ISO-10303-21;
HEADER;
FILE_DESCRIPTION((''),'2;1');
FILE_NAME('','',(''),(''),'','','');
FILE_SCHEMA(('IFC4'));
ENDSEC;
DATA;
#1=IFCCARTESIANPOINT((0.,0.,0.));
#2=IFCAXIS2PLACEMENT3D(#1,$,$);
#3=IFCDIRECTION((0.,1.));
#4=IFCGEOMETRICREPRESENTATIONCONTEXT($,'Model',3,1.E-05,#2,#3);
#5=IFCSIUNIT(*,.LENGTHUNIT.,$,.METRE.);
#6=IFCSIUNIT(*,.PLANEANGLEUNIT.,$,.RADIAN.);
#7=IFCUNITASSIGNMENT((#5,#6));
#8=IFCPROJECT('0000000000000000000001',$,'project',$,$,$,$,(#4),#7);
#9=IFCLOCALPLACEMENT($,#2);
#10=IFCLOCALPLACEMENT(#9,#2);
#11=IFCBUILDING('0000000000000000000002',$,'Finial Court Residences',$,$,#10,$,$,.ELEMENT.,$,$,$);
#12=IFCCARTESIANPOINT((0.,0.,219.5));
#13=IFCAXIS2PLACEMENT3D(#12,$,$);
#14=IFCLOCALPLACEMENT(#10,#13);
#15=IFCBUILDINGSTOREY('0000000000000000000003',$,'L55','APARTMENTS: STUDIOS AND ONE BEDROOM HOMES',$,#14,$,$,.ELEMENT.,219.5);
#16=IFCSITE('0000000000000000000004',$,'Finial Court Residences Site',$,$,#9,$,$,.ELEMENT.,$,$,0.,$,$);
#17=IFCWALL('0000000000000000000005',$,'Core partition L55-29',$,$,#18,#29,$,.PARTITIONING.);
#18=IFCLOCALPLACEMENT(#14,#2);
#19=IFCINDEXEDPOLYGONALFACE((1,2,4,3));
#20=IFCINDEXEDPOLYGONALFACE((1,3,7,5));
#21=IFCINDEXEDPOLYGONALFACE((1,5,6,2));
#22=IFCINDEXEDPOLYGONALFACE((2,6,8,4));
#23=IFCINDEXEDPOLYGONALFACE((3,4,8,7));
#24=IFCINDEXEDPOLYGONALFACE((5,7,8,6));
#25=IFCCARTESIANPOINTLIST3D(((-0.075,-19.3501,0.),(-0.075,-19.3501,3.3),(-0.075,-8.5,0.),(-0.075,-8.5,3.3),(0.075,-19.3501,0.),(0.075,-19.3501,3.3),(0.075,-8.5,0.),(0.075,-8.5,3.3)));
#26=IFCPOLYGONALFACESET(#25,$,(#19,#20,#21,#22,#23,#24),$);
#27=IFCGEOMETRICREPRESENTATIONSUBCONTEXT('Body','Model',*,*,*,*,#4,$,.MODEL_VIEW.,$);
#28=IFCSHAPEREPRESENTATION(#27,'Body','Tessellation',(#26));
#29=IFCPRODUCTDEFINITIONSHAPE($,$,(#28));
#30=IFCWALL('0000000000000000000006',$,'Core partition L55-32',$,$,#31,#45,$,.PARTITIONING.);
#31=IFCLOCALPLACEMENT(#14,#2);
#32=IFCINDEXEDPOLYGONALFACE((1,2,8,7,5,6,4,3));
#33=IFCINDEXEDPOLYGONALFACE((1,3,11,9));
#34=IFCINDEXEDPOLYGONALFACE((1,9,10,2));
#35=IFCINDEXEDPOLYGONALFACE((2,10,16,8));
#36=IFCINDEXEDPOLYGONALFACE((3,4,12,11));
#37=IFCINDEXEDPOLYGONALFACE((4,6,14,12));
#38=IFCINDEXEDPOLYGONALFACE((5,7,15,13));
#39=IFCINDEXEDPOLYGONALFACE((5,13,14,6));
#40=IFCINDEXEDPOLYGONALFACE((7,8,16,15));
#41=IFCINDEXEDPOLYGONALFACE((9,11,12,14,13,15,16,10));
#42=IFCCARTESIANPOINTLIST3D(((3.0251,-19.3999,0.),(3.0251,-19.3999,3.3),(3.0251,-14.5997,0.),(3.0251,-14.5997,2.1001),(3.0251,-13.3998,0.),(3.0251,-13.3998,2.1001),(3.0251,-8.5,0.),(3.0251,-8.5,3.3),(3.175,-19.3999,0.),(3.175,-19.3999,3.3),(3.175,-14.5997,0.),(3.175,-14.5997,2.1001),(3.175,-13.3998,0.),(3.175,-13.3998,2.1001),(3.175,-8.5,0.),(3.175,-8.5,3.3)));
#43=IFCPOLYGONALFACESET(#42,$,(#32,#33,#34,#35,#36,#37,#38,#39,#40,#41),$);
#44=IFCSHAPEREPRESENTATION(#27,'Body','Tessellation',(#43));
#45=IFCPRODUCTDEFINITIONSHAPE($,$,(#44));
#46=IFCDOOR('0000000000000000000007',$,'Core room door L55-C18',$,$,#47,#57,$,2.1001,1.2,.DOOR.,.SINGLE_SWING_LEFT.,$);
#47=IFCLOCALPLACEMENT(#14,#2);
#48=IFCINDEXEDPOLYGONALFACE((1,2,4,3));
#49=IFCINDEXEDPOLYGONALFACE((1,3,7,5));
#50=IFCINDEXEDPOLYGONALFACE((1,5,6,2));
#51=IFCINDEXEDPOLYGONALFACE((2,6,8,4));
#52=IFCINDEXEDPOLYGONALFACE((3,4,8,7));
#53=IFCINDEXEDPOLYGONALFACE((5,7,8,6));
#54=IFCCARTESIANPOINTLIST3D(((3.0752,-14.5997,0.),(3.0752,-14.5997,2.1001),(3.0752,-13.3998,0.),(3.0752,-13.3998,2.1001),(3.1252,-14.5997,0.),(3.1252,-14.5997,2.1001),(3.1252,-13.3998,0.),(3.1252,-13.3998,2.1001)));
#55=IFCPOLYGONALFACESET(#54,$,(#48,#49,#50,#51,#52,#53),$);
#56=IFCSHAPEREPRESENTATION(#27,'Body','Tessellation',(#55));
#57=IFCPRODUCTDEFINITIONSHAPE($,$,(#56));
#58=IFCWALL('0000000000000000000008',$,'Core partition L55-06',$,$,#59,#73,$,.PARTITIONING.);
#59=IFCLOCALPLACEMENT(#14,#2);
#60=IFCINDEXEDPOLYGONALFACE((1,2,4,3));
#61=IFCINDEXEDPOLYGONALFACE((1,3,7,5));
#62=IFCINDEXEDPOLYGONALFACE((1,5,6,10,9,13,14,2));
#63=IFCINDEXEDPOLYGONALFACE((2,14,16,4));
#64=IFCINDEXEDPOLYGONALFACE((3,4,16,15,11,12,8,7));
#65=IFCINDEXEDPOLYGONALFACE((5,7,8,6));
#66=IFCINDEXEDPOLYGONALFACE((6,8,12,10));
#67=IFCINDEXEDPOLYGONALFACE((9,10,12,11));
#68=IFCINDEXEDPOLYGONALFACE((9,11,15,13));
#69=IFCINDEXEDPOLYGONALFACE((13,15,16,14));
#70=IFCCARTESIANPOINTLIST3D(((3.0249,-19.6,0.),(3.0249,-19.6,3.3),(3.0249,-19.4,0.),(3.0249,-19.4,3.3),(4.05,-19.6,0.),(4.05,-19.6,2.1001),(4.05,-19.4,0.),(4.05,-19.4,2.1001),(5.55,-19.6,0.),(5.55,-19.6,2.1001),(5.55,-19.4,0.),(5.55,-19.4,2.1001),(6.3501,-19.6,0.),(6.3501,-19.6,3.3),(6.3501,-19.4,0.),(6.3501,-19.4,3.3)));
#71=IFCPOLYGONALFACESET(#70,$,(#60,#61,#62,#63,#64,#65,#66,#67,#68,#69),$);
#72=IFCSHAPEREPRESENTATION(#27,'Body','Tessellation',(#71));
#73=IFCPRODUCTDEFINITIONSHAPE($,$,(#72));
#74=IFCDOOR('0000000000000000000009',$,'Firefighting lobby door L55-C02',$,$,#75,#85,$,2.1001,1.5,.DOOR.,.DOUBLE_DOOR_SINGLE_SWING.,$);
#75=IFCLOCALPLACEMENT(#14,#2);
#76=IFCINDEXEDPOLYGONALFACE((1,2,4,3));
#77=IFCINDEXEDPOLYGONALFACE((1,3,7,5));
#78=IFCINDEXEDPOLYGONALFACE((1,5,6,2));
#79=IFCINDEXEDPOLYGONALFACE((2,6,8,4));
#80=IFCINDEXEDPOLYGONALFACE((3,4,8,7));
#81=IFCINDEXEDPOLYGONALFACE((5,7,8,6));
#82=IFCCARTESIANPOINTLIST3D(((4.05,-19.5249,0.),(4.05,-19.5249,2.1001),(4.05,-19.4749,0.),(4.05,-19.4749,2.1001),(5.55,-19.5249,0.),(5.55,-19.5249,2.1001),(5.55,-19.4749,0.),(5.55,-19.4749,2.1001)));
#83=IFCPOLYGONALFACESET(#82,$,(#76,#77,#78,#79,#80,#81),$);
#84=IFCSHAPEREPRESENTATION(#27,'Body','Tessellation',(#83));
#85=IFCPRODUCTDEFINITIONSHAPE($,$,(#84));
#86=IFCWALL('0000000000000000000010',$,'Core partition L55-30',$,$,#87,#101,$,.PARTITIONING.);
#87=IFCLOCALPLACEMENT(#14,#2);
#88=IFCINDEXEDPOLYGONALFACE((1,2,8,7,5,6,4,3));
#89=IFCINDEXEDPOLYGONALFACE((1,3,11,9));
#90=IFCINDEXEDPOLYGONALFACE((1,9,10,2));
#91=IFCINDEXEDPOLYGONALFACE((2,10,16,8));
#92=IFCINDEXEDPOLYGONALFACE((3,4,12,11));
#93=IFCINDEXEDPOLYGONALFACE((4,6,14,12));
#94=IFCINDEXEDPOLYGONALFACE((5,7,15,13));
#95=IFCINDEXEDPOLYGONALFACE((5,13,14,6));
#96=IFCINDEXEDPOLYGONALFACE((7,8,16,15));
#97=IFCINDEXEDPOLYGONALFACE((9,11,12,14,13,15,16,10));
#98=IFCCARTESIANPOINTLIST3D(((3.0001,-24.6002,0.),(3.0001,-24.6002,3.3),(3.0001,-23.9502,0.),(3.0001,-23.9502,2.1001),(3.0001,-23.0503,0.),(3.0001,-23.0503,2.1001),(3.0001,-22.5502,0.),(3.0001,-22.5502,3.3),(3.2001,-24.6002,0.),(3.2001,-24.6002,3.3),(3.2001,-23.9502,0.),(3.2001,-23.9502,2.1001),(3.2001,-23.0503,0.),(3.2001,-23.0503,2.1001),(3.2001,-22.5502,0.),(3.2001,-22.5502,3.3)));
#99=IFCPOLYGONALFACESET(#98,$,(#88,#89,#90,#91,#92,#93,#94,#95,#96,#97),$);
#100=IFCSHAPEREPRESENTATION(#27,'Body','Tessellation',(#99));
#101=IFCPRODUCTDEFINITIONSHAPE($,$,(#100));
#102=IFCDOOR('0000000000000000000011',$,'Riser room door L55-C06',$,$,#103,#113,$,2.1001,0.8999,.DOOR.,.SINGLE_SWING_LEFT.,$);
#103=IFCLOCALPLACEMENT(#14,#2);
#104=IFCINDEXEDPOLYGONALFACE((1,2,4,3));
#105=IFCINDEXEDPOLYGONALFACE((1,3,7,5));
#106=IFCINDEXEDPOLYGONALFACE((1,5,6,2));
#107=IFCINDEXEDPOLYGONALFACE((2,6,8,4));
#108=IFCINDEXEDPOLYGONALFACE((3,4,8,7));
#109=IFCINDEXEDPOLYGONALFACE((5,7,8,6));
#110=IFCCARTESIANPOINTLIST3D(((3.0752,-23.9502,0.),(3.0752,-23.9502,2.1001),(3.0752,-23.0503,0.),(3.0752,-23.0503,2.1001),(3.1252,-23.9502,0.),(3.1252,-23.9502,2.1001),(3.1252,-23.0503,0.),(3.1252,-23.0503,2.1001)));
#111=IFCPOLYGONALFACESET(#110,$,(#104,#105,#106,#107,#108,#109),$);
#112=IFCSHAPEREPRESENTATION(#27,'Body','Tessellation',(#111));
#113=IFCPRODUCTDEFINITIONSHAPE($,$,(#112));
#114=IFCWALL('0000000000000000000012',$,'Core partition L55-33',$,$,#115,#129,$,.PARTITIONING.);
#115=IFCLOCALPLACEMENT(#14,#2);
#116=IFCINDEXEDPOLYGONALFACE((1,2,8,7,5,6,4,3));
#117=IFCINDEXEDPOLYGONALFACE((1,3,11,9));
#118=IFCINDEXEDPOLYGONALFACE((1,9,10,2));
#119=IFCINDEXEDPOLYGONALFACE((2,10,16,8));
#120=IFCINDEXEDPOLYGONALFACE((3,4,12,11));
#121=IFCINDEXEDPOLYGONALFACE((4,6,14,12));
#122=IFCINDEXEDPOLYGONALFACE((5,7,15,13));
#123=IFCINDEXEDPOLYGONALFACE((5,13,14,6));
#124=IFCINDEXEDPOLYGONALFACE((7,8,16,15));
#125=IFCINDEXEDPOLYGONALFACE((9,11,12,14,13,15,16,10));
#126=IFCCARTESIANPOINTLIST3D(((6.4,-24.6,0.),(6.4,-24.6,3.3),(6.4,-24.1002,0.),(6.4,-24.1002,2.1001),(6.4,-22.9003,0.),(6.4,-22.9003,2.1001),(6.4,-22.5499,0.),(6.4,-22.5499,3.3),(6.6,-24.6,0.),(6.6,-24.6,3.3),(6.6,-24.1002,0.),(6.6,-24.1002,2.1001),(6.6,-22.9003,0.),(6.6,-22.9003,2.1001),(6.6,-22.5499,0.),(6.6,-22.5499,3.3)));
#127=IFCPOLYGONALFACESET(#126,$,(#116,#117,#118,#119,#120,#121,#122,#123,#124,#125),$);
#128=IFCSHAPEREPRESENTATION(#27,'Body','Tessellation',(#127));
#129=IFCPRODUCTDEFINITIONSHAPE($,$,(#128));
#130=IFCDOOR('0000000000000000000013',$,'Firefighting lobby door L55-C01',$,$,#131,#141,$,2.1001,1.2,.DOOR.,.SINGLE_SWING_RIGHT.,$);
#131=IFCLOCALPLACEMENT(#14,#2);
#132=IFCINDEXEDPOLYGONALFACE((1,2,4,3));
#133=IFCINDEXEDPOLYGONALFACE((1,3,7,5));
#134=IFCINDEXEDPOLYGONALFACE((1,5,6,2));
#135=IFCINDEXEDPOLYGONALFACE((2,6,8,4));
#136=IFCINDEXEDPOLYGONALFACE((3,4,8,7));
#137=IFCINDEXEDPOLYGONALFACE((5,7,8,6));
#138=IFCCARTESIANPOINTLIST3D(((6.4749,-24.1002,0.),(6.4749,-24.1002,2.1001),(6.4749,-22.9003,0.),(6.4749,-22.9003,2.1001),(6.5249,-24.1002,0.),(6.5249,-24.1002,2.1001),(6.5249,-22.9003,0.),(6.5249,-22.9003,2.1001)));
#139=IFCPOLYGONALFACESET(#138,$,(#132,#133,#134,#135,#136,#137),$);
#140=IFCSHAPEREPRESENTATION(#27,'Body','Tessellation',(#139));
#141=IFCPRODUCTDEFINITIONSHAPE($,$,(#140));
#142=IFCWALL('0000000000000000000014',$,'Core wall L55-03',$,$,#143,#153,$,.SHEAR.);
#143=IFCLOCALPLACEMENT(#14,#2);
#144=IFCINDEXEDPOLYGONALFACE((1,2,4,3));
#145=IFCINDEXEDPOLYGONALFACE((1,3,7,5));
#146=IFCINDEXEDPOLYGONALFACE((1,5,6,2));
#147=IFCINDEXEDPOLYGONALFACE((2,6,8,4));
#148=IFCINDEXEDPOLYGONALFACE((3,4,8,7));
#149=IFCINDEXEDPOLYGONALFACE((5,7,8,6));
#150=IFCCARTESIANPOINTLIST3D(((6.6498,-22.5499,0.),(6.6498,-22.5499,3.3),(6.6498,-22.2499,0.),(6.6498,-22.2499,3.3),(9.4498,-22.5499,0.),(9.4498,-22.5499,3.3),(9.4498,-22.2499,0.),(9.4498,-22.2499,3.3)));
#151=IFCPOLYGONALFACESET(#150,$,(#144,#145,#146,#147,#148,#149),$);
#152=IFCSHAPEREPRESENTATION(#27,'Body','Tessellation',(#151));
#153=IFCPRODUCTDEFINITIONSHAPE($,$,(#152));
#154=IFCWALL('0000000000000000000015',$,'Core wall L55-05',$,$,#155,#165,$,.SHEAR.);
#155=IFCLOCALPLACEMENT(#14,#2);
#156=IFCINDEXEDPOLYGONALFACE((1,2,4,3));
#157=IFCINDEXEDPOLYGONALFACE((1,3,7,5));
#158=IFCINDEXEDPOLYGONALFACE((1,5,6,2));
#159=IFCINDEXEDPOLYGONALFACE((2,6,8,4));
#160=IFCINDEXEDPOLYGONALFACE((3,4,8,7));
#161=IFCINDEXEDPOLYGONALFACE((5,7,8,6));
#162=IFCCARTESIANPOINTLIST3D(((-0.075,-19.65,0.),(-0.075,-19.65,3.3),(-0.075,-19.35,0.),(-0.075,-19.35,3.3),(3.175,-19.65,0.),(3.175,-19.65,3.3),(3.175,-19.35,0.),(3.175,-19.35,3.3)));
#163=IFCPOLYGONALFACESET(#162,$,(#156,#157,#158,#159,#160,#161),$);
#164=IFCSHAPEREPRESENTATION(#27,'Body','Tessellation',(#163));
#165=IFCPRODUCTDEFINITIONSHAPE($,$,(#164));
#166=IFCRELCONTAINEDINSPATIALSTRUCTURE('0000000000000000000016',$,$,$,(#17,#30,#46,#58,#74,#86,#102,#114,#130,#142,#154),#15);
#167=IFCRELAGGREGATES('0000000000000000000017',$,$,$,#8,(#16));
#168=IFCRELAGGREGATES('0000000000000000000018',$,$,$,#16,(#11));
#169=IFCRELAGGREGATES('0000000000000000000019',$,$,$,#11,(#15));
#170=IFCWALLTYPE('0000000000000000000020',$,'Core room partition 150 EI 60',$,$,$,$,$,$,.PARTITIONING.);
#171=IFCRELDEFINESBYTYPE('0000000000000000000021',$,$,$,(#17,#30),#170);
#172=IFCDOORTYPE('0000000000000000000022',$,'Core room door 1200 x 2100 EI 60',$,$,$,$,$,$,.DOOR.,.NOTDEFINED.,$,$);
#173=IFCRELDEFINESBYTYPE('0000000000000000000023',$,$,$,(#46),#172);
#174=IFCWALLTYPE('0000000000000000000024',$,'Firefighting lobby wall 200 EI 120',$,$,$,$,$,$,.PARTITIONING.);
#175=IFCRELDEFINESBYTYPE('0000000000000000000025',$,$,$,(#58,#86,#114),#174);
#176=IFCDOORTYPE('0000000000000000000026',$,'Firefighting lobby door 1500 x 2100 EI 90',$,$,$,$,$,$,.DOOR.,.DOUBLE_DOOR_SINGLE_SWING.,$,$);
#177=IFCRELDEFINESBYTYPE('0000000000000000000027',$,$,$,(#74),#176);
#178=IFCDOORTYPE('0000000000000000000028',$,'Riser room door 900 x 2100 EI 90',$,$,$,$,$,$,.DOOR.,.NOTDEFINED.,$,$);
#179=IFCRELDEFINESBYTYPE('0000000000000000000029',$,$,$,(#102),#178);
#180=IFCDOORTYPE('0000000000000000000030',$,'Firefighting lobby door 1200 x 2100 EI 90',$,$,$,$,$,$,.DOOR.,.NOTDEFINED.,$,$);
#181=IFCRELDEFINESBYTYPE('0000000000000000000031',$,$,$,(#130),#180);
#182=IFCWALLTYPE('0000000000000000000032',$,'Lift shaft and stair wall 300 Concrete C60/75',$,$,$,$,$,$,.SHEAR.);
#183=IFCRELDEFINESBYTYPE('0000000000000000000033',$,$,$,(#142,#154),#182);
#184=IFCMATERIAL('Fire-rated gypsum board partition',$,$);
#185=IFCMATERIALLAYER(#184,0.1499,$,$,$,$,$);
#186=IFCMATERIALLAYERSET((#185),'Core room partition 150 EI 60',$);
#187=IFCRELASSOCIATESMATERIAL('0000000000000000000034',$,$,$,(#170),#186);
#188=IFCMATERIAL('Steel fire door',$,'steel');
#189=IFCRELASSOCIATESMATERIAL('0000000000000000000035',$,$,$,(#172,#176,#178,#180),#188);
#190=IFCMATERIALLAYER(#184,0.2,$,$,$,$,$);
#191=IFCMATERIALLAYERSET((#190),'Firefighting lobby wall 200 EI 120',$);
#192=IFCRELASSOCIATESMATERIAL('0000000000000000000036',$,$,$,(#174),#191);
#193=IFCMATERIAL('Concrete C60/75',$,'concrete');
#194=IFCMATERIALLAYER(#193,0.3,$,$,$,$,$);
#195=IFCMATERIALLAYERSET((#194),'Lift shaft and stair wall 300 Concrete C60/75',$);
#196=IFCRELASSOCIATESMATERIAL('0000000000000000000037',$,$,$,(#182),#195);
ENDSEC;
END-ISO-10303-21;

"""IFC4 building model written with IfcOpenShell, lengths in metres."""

from ifc_helpers import new_model, si_unit, direction, frame, frame_2d, origin, place, context, subcontext, project, spatial, rectangle, extrude, material, layer, layer_set, type_object, element, fill, save


model = new_model("IFC4")

# Units and contexts
model_context = context("Model", 3, precision=1e-05, world=origin(), true_north=direction((0.0, 1.0)))
body_context = subcontext(model_context, "Body", "Model", "MODEL_VIEW")
ifc_project = project(units=[si_unit("LENGTHUNIT", "METRE"), si_unit("PLANEANGLEUNIT", "RADIAN")], contexts=[model_context])

# Site, building, storey
site_placement = place(None, origin())
site = spatial("IfcSite", under=ifc_project, at=site_placement, Name="Finial Court Residences Site", CompositionType="ELEMENT", RefElevation=0.0)
building_placement = place(site_placement, origin())
building = spatial("IfcBuilding", under=site, at=building_placement, Name="Finial Court Residences", CompositionType="ELEMENT")
storey_placement = place(building_placement, frame((0.0, 0.0, 219.5)))
storey = spatial("IfcBuildingStorey", under=building, at=storey_placement, Name="L55", Description="APARTMENTS: STUDIOS AND ONE BEDROOM HOMES", CompositionType="ELEMENT", Elevation=219.5)

# Wall
ifc_material_1 = material(Name="Fire-rated gypsum board partition")
ifc_layer_1 = layer(ifc_material_1, 0.1499)
ifc_layer_set_1 = layer_set([ifc_layer_1], Name="Core room partition 150 EI 60")
wall_type_1 = type_object("IfcWallType", Name="Core room partition 150 EI 60", PredefinedType="PARTITIONING", material=ifc_layer_set_1)
wall_1_placement = place(storey_placement, frame((0.0, -19.3501, 0.0), z_axis=(0.0, 0.0, 1.0), x_axis=(0.0, 1.0, 0.0)))
element("IfcWall", 1, at=wall_1_placement, inside=storey, type_object=wall_type_1, Name="Core partition L55-29", PredefinedType="PARTITIONING", context=body_context, shape_type="SweptSolid", body=[
    extrude(rectangle(XDim=10.8501, YDim=0.1499, at=frame_2d((5.425, 0.0))), origin(), (0.0, 0.0, 1.0), 3.3),
])

# Walls, openings, doors
wall_2_placement = place(storey_placement, frame((3.1001, -19.3999, 0.0), z_axis=(0.0, 0.0, 1.0), x_axis=(0.0, 1.0, 0.0)))
wall_2 = element("IfcWall", 2, at=wall_2_placement, inside=storey, type_object=wall_type_1, Name="Core partition L55-32", PredefinedType="PARTITIONING", context=body_context, shape_type="SweptSolid", body=[
    extrude(rectangle(XDim=10.8999, YDim=0.1499, at=frame_2d((5.45, 0.0))), origin(), (0.0, 0.0, 1.0), 3.3),
])
opening_1_placement = place(wall_2_placement, frame((4.8, 0.0, 0.0)))
opening_1 = element("IfcOpeningElement", 3, at=opening_1_placement, cuts=wall_2, PredefinedType="OPENING", context=body_context, shape_type="SweptSolid", body=[
    extrude(rectangle(XDim=1.2, YDim=2.1001, at=frame_2d((0.6001, 1.05))), frame((0.0, 0.085, 0.0), z_axis=(0.0, -1.0, 0.0), x_axis=(1.0, 0.0, 0.0)), (0.0, 0.0, 1.0), 0.1699),
])
ifc_material_2 = material(Name="Steel fire door", Category="steel")
door_type_1 = type_object("IfcDoorType", Name="Core room door 1200 x 2100 EI 60", OperationType="NOTDEFINED", PredefinedType="DOOR", material=ifc_material_2)
door_1_placement = place(opening_1_placement, origin())
door_1 = element("IfcDoor", 4, at=door_1_placement, inside=storey, type_object=door_type_1, Name="Core room door L55-C18", OperationType="SINGLE_SWING_LEFT", OverallHeight=2.1001, OverallWidth=1.2, PredefinedType="DOOR", context=body_context, shape_type="SweptSolid", body=[
    extrude(rectangle(XDim=1.2, YDim=2.1001, at=frame_2d((0.6001, 1.05))), frame((0.0, 0.0249, 0.0), z_axis=(0.0, -1.0, 0.0), x_axis=(1.0, 0.0, 0.0)), (0.0, 0.0, 1.0), 0.05),
])
fill(opening_1, door_1)
ifc_layer_2 = layer(ifc_material_1, 0.2)
ifc_layer_set_2 = layer_set([ifc_layer_2], Name="Firefighting lobby wall 200 EI 120")
wall_type_2 = type_object("IfcWallType", Name="Firefighting lobby wall 200 EI 120", PredefinedType="PARTITIONING", material=ifc_layer_set_2)
wall_3_placement = place(storey_placement, frame((6.3501, -19.5, 0.0), z_axis=(0.0, 0.0, 1.0), x_axis=(-1.0, 0.0, 0.0)))
wall_3 = element("IfcWall", 5, at=wall_3_placement, inside=storey, type_object=wall_type_2, Name="Core partition L55-06", PredefinedType="PARTITIONING", context=body_context, shape_type="SweptSolid", body=[
    extrude(rectangle(XDim=3.3252, YDim=0.2, at=frame_2d((1.6626, 0.0))), origin(), (0.0, 0.0, 1.0), 3.3),
])
opening_2_placement = place(wall_3_placement, frame((0.8, 0.0, 0.0)))
opening_2 = element("IfcOpeningElement", 6, at=opening_2_placement, cuts=wall_3, PredefinedType="OPENING", context=body_context, shape_type="SweptSolid", body=[
    extrude(rectangle(XDim=1.5, YDim=2.1001, at=frame_2d((0.75, 1.05))), frame((0.0, 0.1099, 0.0), z_axis=(0.0, -1.0, 0.0), x_axis=(1.0, 0.0, 0.0)), (0.0, 0.0, 1.0), 0.22),
])
door_type_2 = type_object("IfcDoorType", Name="Firefighting lobby door 1500 x 2100 EI 90", OperationType="DOUBLE_DOOR_SINGLE_SWING", PredefinedType="DOOR", material=ifc_material_2)
door_2_placement = place(opening_2_placement, origin())
door_2 = element("IfcDoor", 7, at=door_2_placement, inside=storey, type_object=door_type_2, Name="Firefighting lobby door L55-C02", OperationType="DOUBLE_DOOR_SINGLE_SWING", OverallHeight=2.1001, OverallWidth=1.5, PredefinedType="DOOR", context=body_context, shape_type="SweptSolid", body=[
    extrude(rectangle(XDim=1.5, YDim=2.1001, at=frame_2d((0.75, 1.05))), frame((0.0, 0.0249, 0.0), z_axis=(0.0, -1.0, 0.0), x_axis=(1.0, 0.0, 0.0)), (0.0, 0.0, 1.0), 0.05),
])
fill(opening_2, door_2)
wall_4_placement = place(storey_placement, frame((3.1001, -24.6001, 0.0), z_axis=(0.0, 0.0, 1.0), x_axis=(0.0, 1.0, 0.0)))
wall_4 = element("IfcWall", 8, at=wall_4_placement, inside=storey, type_object=wall_type_2, Name="Core partition L55-30", PredefinedType="PARTITIONING", context=body_context, shape_type="SweptSolid", body=[
    extrude(rectangle(XDim=2.05, YDim=0.2, at=frame_2d((1.0249, 0.0))), origin(), (0.0, 0.0, 1.0), 3.3),
])
opening_3_placement = place(wall_4_placement, frame((0.6499, 0.0, 0.0)))
opening_3 = element("IfcOpeningElement", 9, at=opening_3_placement, cuts=wall_4, PredefinedType="OPENING", context=body_context, shape_type="SweptSolid", body=[
    extrude(rectangle(XDim=0.8999, YDim=2.1001, at=frame_2d((0.45, 1.05))), frame((0.0, 0.1099, 0.0), z_axis=(0.0, -1.0, 0.0), x_axis=(1.0, 0.0, 0.0)), (0.0, 0.0, 1.0), 0.22),
])
door_type_3 = type_object("IfcDoorType", Name="Riser room door 900 x 2100 EI 90", OperationType="NOTDEFINED", PredefinedType="DOOR", material=ifc_material_2)
door_3_placement = place(opening_3_placement, origin())
door_3 = element("IfcDoor", 10, at=door_3_placement, inside=storey, type_object=door_type_3, Name="Riser room door L55-C06", OperationType="SINGLE_SWING_LEFT", OverallHeight=2.1001, OverallWidth=0.8999, PredefinedType="DOOR", context=body_context, shape_type="SweptSolid", body=[
    extrude(rectangle(XDim=0.8999, YDim=2.1001, at=frame_2d((0.45, 1.05))), frame((0.0, 0.0249, 0.0), z_axis=(0.0, -1.0, 0.0), x_axis=(1.0, 0.0, 0.0)), (0.0, 0.0, 1.0), 0.05),
])
fill(opening_3, door_3)
wall_5_placement = place(storey_placement, frame((6.5, -22.55, 0.0), z_axis=(0.0, 0.0, 1.0), x_axis=(0.0, -1.0, 0.0)))
wall_5 = element("IfcWall", 11, at=wall_5_placement, inside=storey, type_object=wall_type_2, Name="Core partition L55-33", PredefinedType="PARTITIONING", context=body_context, shape_type="SweptSolid", body=[
    extrude(rectangle(XDim=2.05, YDim=0.2, at=frame_2d((1.0249, 0.0))), origin(), (0.0, 0.0, 1.0), 3.3),
])
opening_4_placement = place(wall_5_placement, frame((0.3501, 0.0, 0.0)))
opening_4 = element("IfcOpeningElement", 12, at=opening_4_placement, cuts=wall_5, PredefinedType="OPENING", context=body_context, shape_type="SweptSolid", body=[
    extrude(rectangle(XDim=1.2, YDim=2.1001, at=frame_2d((0.6001, 1.05))), frame((0.0, 0.1099, 0.0), z_axis=(0.0, -1.0, 0.0), x_axis=(1.0, 0.0, 0.0)), (0.0, 0.0, 1.0), 0.22),
])
door_type_4 = type_object("IfcDoorType", Name="Firefighting lobby door 1200 x 2100 EI 90", OperationType="NOTDEFINED", PredefinedType="DOOR", material=ifc_material_2)
door_4_placement = place(opening_4_placement, origin())
door_4 = element("IfcDoor", 13, at=door_4_placement, inside=storey, type_object=door_type_4, Name="Firefighting lobby door L55-C01", OperationType="SINGLE_SWING_RIGHT", OverallHeight=2.1001, OverallWidth=1.2, PredefinedType="DOOR", context=body_context, shape_type="SweptSolid", body=[
    extrude(rectangle(XDim=1.2, YDim=2.1001, at=frame_2d((0.6001, 1.05))), frame((0.0, 0.0249, 0.0), z_axis=(0.0, -1.0, 0.0), x_axis=(1.0, 0.0, 0.0)), (0.0, 0.0, 1.0), 0.05),
])
fill(opening_4, door_4)

# Walls
ifc_material_3 = material(Name="Concrete C60/75", Category="concrete")
ifc_layer_3 = layer(ifc_material_3, 0.3)
ifc_layer_set_3 = layer_set([ifc_layer_3], Name="Lift shaft and stair wall 300 Concrete C60/75")
wall_type_3 = type_object("IfcWallType", Name="Lift shaft and stair wall 300 Concrete C60/75", PredefinedType="SHEAR", material=ifc_layer_set_3)
wall_6_placement = place(storey_placement, frame((6.6499, -22.3999, 0.0), z_axis=(0.0, 0.0, 1.0), x_axis=(1.0, 0.0, 0.0)))
element("IfcWall", 14, at=wall_6_placement, inside=storey, type_object=wall_type_3, Name="Core wall L55-03", PredefinedType="SHEAR", context=body_context, shape_type="SweptSolid", body=[
    extrude(rectangle(XDim=2.8, YDim=0.3, at=frame_2d((1.3999, 0.0))), origin(), (0.0, 0.0, 1.0), 3.3),
])
wall_7_placement = place(storey_placement, frame((-0.075, -19.5, 0.0), z_axis=(0.0, 0.0, 1.0), x_axis=(1.0, 0.0, 0.0)))
element("IfcWall", 15, at=wall_7_placement, inside=storey, type_object=wall_type_3, Name="Core wall L55-05", PredefinedType="SHEAR", context=body_context, shape_type="SweptSolid", body=[
    extrude(rectangle(XDim=3.25, YDim=0.3, at=frame_2d((1.625, 0.0))), origin(), (0.0, 0.0, 1.0), 3.3),
])

save(model, "model.ifc")
